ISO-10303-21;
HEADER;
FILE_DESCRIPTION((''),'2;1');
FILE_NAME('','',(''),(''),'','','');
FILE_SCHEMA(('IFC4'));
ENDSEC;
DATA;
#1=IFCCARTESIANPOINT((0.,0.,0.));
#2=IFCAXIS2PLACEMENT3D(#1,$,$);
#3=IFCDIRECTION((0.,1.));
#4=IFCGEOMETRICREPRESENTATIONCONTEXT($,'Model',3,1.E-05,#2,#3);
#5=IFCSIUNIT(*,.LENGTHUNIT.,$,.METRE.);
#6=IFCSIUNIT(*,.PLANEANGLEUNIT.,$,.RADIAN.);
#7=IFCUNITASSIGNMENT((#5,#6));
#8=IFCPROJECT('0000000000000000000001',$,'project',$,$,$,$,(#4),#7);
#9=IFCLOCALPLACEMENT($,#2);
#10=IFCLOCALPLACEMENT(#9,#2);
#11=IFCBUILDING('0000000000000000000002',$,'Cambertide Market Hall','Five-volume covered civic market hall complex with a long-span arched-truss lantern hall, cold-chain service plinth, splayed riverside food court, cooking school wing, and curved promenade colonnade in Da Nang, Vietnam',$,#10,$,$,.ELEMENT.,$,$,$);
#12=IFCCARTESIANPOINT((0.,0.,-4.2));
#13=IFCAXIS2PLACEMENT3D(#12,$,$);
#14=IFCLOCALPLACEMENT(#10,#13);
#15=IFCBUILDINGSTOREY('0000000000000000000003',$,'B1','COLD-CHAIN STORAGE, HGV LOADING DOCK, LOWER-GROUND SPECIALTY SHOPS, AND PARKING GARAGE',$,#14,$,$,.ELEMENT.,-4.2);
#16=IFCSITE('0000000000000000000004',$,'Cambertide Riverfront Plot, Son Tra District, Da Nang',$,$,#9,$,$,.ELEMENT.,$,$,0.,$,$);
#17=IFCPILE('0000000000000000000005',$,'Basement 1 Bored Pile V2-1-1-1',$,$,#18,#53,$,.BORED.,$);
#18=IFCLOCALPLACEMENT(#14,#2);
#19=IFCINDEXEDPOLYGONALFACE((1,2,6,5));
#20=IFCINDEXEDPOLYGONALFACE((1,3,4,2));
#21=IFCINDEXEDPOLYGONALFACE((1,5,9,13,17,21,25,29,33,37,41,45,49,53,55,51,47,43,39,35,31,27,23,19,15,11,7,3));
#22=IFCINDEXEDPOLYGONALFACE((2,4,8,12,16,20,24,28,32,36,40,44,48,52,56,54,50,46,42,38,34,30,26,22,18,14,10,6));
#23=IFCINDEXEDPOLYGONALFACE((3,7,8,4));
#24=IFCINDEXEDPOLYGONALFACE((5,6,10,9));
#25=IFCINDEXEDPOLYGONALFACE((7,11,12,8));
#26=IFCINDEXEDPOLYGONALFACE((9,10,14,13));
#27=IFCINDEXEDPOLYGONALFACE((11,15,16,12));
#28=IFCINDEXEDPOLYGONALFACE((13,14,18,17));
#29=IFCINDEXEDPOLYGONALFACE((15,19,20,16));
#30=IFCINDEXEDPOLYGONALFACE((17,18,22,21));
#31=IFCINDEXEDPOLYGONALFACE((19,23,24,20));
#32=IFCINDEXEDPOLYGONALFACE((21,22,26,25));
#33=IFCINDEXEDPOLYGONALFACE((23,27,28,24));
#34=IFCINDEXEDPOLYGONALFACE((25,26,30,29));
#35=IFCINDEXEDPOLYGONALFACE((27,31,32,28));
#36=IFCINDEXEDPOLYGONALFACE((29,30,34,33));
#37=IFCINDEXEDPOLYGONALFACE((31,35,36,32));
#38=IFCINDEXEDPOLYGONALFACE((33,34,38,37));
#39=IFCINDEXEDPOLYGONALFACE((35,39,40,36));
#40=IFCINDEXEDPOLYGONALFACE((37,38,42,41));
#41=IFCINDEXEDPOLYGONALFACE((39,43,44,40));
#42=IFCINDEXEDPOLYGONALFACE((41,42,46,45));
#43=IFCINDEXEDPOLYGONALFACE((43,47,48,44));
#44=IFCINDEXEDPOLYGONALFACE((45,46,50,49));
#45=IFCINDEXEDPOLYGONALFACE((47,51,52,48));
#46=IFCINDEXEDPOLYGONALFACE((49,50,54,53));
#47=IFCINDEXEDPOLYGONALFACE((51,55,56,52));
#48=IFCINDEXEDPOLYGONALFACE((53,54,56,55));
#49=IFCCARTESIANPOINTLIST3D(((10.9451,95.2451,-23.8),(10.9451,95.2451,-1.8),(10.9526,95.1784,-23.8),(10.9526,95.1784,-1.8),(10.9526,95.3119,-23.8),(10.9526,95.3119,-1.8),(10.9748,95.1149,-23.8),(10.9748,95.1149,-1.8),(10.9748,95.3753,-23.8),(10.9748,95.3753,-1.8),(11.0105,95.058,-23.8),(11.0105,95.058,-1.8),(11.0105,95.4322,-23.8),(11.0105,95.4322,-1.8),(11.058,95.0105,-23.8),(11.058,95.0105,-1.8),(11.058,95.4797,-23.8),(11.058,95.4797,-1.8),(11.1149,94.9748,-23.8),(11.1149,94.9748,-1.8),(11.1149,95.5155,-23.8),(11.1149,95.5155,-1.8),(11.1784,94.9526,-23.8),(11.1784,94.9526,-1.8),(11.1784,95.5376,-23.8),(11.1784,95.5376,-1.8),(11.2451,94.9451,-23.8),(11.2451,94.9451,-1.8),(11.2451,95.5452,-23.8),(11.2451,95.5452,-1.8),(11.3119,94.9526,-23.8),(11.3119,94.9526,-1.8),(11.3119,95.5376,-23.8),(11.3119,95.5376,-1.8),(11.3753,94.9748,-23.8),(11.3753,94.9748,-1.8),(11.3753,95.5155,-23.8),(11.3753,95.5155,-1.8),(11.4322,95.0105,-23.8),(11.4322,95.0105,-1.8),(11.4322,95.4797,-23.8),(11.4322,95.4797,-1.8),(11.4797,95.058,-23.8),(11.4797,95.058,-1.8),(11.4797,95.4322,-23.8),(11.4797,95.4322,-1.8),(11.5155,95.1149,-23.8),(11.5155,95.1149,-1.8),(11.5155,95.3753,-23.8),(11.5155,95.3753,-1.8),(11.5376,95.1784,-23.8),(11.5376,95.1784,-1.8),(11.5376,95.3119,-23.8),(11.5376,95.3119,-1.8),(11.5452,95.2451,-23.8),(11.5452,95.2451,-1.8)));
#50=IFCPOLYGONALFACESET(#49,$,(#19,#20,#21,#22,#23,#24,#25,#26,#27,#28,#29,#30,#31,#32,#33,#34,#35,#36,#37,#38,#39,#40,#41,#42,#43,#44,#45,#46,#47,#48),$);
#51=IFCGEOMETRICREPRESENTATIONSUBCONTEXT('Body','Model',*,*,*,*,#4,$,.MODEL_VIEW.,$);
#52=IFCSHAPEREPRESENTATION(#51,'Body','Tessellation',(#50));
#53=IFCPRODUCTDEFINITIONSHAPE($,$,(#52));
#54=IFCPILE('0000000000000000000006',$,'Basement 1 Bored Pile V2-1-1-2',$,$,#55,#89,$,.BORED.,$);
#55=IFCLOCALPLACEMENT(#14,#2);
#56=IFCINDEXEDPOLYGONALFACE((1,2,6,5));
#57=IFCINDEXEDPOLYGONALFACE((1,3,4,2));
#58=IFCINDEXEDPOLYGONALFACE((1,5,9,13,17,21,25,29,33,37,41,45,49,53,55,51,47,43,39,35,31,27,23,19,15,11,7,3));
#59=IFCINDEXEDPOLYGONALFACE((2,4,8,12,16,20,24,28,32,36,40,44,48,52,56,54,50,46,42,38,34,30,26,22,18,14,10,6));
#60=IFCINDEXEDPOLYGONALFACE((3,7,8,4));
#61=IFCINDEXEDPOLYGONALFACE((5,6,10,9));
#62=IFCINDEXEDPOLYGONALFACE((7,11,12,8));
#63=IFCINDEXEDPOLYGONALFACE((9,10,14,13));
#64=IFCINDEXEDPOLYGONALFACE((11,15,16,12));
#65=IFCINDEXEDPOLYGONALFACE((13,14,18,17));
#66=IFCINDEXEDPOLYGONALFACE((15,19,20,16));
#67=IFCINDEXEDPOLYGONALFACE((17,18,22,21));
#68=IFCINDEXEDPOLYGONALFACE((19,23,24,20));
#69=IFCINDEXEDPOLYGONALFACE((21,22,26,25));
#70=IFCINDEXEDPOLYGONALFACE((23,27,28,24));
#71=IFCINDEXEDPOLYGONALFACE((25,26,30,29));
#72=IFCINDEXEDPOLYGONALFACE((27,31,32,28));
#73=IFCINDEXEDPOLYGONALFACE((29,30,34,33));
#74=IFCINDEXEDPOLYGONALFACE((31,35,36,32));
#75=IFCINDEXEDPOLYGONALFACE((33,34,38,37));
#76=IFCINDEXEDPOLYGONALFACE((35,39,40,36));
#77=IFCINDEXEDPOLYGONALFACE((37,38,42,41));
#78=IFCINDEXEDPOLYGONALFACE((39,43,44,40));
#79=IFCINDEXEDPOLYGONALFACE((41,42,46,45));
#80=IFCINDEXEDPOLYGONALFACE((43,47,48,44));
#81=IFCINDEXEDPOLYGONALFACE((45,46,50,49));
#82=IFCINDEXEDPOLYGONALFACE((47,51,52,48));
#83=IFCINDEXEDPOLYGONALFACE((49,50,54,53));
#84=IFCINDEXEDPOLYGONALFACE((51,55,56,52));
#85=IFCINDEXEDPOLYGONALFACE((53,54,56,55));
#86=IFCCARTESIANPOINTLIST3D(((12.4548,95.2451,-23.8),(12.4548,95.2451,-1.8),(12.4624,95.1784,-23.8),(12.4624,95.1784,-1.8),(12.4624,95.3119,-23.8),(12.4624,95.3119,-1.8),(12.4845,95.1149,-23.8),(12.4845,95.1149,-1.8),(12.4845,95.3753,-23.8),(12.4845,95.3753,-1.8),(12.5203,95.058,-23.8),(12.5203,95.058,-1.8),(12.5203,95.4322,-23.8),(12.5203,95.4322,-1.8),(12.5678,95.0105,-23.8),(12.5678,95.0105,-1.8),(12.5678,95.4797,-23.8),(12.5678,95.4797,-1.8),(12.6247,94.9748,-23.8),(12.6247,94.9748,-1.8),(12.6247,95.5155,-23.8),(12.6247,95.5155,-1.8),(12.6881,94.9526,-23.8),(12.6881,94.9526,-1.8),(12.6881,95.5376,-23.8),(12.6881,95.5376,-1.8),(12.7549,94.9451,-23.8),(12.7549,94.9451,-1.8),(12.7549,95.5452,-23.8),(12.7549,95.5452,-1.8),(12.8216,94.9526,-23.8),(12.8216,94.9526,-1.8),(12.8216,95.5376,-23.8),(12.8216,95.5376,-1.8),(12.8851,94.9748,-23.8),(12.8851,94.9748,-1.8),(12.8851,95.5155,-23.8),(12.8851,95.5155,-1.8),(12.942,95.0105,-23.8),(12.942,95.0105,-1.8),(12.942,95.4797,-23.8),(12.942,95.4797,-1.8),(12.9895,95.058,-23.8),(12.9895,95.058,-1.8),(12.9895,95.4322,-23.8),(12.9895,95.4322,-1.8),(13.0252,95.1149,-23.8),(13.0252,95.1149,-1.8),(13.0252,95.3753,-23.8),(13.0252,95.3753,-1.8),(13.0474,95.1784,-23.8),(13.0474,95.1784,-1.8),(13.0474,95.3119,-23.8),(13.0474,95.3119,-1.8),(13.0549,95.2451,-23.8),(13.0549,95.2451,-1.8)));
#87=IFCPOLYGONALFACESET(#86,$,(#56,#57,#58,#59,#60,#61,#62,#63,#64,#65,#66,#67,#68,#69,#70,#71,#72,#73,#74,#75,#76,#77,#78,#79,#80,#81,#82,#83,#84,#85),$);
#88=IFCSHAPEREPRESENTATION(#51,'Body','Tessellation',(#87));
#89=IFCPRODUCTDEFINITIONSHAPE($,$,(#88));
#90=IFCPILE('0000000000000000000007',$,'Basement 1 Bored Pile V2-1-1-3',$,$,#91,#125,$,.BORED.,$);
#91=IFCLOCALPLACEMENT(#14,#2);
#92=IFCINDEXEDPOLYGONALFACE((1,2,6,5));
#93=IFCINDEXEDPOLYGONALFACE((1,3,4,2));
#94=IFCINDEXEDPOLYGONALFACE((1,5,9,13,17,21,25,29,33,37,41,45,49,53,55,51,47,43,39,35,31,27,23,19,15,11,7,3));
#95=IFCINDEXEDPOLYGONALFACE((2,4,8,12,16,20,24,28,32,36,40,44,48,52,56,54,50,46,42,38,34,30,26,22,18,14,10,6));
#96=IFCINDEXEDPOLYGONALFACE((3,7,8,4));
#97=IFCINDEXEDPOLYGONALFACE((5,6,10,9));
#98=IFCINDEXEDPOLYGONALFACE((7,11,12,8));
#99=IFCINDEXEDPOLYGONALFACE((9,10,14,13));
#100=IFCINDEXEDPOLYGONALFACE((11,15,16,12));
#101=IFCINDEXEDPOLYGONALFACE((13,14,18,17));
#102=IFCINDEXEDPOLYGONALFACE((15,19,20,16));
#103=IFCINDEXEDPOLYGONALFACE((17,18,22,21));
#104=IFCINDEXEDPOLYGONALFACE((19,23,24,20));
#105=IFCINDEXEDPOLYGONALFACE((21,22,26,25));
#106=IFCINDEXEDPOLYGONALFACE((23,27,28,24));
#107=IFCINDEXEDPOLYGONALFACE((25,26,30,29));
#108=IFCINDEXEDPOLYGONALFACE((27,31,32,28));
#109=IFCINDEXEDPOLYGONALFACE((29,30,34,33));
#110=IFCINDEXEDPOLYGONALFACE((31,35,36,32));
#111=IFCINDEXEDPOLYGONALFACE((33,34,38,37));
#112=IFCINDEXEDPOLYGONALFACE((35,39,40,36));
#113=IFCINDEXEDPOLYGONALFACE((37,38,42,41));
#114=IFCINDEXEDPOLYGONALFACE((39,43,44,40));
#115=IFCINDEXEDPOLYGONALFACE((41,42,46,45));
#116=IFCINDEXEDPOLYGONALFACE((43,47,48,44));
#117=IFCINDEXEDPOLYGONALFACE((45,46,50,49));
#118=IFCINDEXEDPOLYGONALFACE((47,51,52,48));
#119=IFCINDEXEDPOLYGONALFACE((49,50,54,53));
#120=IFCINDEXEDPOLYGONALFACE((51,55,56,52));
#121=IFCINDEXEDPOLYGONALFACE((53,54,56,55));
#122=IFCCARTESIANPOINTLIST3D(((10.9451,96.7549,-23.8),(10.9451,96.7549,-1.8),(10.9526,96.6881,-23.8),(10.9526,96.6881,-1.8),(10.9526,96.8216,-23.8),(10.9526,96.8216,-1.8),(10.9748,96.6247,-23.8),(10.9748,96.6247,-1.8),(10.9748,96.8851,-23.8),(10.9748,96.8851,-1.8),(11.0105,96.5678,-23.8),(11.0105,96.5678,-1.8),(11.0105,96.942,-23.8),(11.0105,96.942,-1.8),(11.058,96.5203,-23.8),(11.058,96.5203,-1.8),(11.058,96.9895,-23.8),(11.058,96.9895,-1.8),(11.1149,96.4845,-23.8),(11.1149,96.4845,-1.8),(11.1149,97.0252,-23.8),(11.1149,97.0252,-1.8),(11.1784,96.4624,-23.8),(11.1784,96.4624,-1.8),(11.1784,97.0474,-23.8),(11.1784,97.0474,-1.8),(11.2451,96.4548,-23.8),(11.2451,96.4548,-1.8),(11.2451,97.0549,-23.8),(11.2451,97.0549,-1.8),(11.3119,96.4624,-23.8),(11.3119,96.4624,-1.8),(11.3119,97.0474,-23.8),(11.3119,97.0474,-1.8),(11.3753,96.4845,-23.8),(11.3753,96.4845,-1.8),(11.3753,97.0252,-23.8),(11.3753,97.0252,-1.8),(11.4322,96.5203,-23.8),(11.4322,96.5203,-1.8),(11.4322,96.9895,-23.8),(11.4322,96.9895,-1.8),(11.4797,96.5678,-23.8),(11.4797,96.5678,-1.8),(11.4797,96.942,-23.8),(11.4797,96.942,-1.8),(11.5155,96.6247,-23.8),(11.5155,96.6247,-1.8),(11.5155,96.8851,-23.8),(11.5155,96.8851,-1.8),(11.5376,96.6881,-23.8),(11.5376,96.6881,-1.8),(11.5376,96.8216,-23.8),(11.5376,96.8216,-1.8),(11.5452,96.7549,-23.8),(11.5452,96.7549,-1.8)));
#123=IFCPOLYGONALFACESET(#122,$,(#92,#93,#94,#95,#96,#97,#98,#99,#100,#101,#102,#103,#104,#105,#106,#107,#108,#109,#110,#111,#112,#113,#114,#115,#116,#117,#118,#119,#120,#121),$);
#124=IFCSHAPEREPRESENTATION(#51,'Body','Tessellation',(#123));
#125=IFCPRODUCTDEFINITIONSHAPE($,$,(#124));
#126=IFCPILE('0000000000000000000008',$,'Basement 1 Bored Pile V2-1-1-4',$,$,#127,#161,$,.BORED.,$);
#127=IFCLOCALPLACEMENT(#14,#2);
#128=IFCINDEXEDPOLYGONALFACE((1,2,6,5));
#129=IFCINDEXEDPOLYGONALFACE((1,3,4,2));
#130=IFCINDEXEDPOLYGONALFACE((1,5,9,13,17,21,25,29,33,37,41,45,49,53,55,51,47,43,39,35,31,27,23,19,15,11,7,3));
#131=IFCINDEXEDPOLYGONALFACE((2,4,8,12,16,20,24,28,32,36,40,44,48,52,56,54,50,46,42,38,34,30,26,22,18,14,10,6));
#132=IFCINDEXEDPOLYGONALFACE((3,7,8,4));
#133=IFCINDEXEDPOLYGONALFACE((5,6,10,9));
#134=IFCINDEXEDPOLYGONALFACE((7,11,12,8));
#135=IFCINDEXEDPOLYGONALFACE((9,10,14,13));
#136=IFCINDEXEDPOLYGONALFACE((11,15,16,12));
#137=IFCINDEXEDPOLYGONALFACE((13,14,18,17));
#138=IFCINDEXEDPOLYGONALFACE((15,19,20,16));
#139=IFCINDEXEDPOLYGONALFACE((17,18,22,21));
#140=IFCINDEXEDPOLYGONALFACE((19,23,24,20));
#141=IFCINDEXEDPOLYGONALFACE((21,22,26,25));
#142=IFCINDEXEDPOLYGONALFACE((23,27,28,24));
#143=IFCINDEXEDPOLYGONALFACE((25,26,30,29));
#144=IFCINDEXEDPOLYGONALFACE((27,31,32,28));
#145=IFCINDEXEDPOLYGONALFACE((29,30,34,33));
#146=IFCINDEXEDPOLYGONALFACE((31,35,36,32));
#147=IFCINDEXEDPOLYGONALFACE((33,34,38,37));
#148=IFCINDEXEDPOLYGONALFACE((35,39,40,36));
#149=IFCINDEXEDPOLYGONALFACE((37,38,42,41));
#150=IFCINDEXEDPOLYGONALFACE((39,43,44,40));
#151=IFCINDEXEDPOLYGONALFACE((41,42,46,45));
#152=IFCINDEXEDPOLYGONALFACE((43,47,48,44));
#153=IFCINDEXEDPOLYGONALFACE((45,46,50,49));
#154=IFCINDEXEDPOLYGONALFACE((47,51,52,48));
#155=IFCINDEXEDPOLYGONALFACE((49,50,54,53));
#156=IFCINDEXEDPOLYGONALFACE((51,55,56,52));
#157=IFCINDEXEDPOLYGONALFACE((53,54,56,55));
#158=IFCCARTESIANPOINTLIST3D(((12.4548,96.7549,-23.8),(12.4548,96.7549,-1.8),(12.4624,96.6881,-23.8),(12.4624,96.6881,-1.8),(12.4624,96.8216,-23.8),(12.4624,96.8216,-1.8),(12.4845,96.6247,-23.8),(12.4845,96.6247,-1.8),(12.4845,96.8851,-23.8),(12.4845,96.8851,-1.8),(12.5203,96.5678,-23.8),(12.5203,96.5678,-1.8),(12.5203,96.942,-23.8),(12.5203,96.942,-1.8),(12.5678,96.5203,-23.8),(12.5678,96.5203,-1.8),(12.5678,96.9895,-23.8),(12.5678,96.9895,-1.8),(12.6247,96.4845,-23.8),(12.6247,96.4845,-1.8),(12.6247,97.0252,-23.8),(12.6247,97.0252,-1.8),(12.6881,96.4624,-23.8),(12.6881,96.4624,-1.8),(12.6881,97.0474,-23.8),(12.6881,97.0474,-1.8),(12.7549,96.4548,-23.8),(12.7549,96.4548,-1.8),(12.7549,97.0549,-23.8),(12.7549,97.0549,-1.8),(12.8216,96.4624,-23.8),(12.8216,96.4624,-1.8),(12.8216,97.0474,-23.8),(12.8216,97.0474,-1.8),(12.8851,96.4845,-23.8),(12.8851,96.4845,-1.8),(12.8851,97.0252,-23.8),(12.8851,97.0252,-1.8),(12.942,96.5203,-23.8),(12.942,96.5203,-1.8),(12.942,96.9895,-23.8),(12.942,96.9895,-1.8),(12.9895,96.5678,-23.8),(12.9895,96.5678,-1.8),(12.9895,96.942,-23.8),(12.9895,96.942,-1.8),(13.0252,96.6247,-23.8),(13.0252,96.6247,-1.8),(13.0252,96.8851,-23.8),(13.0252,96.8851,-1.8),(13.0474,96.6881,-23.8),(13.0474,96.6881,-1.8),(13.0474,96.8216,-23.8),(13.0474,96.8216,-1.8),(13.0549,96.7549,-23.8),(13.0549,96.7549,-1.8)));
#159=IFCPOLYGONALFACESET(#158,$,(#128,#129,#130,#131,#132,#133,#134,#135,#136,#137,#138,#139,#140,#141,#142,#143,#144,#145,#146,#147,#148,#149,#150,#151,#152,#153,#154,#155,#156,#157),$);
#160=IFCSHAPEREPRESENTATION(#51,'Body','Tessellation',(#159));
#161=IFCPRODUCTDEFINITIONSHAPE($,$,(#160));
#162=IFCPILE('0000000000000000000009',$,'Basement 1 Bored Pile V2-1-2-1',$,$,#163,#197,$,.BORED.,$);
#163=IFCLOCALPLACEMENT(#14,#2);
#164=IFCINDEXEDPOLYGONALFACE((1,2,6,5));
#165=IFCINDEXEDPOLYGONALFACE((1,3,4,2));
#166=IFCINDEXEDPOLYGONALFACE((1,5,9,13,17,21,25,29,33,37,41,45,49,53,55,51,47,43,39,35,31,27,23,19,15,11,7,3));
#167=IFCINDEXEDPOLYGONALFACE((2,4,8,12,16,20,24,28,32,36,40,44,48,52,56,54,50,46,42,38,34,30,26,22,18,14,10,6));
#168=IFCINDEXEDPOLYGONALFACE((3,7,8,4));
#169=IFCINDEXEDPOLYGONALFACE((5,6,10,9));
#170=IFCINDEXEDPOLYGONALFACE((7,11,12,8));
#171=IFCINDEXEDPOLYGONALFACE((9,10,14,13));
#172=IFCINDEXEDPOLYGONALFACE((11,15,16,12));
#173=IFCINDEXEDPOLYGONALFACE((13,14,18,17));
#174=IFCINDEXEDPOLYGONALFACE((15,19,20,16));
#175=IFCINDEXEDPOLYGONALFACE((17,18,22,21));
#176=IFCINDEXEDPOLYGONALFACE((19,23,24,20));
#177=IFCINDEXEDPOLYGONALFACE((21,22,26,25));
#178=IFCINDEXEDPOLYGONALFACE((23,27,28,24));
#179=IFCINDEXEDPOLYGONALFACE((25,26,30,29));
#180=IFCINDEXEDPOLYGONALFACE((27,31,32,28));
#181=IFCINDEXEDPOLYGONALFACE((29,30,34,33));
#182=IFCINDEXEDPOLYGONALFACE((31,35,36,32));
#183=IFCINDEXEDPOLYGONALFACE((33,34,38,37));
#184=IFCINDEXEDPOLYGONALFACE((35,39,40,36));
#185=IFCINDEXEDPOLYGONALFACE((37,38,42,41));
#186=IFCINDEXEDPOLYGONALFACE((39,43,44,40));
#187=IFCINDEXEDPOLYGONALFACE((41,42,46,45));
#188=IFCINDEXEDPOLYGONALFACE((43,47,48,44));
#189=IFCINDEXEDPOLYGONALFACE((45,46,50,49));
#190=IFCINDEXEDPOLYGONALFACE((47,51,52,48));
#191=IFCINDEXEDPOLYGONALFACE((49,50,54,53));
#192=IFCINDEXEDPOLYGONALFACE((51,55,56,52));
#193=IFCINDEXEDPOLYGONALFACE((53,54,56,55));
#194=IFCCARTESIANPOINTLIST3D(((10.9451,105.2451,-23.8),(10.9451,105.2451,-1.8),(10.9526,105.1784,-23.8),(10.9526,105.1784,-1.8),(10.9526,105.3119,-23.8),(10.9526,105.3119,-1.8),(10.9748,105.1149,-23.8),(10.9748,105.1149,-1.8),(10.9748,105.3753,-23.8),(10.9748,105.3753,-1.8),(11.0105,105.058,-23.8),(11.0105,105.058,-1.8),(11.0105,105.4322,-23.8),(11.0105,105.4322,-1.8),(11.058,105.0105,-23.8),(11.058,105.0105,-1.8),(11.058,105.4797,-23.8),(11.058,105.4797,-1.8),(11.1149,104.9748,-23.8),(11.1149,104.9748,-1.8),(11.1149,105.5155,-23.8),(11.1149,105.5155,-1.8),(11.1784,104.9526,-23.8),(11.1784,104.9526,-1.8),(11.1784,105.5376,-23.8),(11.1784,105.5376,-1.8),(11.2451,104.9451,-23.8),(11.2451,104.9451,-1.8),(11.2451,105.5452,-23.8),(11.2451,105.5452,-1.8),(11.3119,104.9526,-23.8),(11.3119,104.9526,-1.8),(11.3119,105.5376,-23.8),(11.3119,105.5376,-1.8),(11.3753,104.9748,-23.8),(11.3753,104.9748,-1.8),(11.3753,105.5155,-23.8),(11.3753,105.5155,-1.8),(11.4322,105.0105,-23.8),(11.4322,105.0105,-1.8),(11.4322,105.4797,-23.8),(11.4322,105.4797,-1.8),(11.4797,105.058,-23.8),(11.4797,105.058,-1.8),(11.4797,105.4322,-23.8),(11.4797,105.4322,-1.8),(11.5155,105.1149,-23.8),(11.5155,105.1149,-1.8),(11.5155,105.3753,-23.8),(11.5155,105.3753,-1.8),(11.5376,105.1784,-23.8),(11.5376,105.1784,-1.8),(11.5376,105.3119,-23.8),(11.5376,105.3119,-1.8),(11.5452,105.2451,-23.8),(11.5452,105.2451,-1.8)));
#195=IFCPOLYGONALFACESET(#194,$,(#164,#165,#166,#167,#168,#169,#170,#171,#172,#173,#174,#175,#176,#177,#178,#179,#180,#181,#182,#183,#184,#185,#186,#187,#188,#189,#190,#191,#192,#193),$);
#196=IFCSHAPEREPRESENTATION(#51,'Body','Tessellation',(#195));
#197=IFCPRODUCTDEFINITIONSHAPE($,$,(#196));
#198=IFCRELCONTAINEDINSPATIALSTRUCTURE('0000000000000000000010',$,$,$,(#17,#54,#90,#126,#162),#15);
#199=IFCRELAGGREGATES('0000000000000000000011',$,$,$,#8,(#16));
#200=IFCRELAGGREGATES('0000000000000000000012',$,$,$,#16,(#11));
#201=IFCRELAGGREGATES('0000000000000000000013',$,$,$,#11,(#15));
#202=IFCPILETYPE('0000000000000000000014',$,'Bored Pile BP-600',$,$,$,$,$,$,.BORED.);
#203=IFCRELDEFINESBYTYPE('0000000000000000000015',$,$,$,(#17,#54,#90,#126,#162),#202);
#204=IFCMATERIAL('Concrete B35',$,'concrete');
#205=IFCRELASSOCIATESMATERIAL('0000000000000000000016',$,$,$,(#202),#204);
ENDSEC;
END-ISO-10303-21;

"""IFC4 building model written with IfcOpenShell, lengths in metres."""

from ifc_helpers import new_model, si_unit, direction, frame, origin, origin_2d, place, context, subcontext, project, spatial, circle, extrude, material, material_profile, profile_set, type_object, element, save


model = new_model("IFC4")

# Units and contexts
model_context = context("Model", 3, precision=1e-05, world=origin(), true_north=direction((0.0, 1.0)))
body_context = subcontext(model_context, "Body", "Model", "MODEL_VIEW")
ifc_project = project(units=[si_unit("LENGTHUNIT", "METRE"), si_unit("PLANEANGLEUNIT", "RADIAN")], contexts=[model_context])

# Site, building, storey
site_placement = place(None, origin())
site = spatial("IfcSite", under=ifc_project, at=site_placement, Name="Cambertide Riverfront Plot, Son Tra District, Da Nang", CompositionType="ELEMENT", RefElevation=0.0)
building_placement = place(site_placement, origin())
building = spatial("IfcBuilding", under=site, at=building_placement, Name="Cambertide Market Hall", Description="Five-volume covered civic market hall complex with a long-span arched-truss lantern hall, cold-chain service plinth, splayed riverside food court, cooking school wing, and curved promenade colonnade in Da Nang, Vietnam", CompositionType="ELEMENT")
storey_placement = place(building_placement, frame((0.0, 0.0, -4.2)))
storey = spatial("IfcBuildingStorey", under=building, at=storey_placement, Name="B1", Description="COLD-CHAIN STORAGE, HGV LOADING DOCK, LOWER-GROUND SPECIALTY SHOPS, AND PARKING GARAGE", CompositionType="ELEMENT", Elevation=-4.2)

# Piles
ifc_material_1 = material(Name="Concrete B35", Category="concrete")
ifc_material_profile_1 = material_profile(ifc_material_1, circle(Radius=0.3, at=origin_2d()), Name="BP D600")
ifc_profile_set_1 = profile_set([ifc_material_profile_1], Name="Concrete B35")
pile_type = type_object("IfcPileType", Name="Bored Pile BP-600", PredefinedType="BORED", material=ifc_profile_set_1)
for number, where, z_axis, x_axis, name in (
    (1, (11.2451, 95.2451, -1.8), (0.0, 0.0, -1.0), (1.0, 0.0, 0.0), "Basement 1 Bored Pile V2-1-1-1"),
    (2, (12.7549, 95.2451, -1.8), (0.0, 0.0, -1.0), (1.0, 0.0, 0.0), "Basement 1 Bored Pile V2-1-1-2"),
    (3, (11.2451, 96.7549, -1.8), (0.0, 0.0, -1.0), (1.0, 0.0, 0.0), "Basement 1 Bored Pile V2-1-1-3"),
    (4, (12.7549, 96.7549, -1.8), (0.0, 0.0, -1.0), (1.0, 0.0, 0.0), "Basement 1 Bored Pile V2-1-1-4"),
    (5, (11.2451, 105.2451, -1.8), (0.0, 0.0, -1.0), (1.0, 0.0, 0.0), "Basement 1 Bored Pile V2-1-2-1"),
):
    element("IfcPile", number, at=place(storey_placement, frame(where, z_axis=z_axis, x_axis=x_axis)), inside=storey, type_object=pile_type, Name=name, PredefinedType="BORED", context=body_context, shape_type="SweptSolid", body=[
        extrude(circle(Radius=0.3, at=origin_2d()), origin(), (0.0, 0.0, 1.0), 22.0),
    ])

save(model, "model.ifc")
